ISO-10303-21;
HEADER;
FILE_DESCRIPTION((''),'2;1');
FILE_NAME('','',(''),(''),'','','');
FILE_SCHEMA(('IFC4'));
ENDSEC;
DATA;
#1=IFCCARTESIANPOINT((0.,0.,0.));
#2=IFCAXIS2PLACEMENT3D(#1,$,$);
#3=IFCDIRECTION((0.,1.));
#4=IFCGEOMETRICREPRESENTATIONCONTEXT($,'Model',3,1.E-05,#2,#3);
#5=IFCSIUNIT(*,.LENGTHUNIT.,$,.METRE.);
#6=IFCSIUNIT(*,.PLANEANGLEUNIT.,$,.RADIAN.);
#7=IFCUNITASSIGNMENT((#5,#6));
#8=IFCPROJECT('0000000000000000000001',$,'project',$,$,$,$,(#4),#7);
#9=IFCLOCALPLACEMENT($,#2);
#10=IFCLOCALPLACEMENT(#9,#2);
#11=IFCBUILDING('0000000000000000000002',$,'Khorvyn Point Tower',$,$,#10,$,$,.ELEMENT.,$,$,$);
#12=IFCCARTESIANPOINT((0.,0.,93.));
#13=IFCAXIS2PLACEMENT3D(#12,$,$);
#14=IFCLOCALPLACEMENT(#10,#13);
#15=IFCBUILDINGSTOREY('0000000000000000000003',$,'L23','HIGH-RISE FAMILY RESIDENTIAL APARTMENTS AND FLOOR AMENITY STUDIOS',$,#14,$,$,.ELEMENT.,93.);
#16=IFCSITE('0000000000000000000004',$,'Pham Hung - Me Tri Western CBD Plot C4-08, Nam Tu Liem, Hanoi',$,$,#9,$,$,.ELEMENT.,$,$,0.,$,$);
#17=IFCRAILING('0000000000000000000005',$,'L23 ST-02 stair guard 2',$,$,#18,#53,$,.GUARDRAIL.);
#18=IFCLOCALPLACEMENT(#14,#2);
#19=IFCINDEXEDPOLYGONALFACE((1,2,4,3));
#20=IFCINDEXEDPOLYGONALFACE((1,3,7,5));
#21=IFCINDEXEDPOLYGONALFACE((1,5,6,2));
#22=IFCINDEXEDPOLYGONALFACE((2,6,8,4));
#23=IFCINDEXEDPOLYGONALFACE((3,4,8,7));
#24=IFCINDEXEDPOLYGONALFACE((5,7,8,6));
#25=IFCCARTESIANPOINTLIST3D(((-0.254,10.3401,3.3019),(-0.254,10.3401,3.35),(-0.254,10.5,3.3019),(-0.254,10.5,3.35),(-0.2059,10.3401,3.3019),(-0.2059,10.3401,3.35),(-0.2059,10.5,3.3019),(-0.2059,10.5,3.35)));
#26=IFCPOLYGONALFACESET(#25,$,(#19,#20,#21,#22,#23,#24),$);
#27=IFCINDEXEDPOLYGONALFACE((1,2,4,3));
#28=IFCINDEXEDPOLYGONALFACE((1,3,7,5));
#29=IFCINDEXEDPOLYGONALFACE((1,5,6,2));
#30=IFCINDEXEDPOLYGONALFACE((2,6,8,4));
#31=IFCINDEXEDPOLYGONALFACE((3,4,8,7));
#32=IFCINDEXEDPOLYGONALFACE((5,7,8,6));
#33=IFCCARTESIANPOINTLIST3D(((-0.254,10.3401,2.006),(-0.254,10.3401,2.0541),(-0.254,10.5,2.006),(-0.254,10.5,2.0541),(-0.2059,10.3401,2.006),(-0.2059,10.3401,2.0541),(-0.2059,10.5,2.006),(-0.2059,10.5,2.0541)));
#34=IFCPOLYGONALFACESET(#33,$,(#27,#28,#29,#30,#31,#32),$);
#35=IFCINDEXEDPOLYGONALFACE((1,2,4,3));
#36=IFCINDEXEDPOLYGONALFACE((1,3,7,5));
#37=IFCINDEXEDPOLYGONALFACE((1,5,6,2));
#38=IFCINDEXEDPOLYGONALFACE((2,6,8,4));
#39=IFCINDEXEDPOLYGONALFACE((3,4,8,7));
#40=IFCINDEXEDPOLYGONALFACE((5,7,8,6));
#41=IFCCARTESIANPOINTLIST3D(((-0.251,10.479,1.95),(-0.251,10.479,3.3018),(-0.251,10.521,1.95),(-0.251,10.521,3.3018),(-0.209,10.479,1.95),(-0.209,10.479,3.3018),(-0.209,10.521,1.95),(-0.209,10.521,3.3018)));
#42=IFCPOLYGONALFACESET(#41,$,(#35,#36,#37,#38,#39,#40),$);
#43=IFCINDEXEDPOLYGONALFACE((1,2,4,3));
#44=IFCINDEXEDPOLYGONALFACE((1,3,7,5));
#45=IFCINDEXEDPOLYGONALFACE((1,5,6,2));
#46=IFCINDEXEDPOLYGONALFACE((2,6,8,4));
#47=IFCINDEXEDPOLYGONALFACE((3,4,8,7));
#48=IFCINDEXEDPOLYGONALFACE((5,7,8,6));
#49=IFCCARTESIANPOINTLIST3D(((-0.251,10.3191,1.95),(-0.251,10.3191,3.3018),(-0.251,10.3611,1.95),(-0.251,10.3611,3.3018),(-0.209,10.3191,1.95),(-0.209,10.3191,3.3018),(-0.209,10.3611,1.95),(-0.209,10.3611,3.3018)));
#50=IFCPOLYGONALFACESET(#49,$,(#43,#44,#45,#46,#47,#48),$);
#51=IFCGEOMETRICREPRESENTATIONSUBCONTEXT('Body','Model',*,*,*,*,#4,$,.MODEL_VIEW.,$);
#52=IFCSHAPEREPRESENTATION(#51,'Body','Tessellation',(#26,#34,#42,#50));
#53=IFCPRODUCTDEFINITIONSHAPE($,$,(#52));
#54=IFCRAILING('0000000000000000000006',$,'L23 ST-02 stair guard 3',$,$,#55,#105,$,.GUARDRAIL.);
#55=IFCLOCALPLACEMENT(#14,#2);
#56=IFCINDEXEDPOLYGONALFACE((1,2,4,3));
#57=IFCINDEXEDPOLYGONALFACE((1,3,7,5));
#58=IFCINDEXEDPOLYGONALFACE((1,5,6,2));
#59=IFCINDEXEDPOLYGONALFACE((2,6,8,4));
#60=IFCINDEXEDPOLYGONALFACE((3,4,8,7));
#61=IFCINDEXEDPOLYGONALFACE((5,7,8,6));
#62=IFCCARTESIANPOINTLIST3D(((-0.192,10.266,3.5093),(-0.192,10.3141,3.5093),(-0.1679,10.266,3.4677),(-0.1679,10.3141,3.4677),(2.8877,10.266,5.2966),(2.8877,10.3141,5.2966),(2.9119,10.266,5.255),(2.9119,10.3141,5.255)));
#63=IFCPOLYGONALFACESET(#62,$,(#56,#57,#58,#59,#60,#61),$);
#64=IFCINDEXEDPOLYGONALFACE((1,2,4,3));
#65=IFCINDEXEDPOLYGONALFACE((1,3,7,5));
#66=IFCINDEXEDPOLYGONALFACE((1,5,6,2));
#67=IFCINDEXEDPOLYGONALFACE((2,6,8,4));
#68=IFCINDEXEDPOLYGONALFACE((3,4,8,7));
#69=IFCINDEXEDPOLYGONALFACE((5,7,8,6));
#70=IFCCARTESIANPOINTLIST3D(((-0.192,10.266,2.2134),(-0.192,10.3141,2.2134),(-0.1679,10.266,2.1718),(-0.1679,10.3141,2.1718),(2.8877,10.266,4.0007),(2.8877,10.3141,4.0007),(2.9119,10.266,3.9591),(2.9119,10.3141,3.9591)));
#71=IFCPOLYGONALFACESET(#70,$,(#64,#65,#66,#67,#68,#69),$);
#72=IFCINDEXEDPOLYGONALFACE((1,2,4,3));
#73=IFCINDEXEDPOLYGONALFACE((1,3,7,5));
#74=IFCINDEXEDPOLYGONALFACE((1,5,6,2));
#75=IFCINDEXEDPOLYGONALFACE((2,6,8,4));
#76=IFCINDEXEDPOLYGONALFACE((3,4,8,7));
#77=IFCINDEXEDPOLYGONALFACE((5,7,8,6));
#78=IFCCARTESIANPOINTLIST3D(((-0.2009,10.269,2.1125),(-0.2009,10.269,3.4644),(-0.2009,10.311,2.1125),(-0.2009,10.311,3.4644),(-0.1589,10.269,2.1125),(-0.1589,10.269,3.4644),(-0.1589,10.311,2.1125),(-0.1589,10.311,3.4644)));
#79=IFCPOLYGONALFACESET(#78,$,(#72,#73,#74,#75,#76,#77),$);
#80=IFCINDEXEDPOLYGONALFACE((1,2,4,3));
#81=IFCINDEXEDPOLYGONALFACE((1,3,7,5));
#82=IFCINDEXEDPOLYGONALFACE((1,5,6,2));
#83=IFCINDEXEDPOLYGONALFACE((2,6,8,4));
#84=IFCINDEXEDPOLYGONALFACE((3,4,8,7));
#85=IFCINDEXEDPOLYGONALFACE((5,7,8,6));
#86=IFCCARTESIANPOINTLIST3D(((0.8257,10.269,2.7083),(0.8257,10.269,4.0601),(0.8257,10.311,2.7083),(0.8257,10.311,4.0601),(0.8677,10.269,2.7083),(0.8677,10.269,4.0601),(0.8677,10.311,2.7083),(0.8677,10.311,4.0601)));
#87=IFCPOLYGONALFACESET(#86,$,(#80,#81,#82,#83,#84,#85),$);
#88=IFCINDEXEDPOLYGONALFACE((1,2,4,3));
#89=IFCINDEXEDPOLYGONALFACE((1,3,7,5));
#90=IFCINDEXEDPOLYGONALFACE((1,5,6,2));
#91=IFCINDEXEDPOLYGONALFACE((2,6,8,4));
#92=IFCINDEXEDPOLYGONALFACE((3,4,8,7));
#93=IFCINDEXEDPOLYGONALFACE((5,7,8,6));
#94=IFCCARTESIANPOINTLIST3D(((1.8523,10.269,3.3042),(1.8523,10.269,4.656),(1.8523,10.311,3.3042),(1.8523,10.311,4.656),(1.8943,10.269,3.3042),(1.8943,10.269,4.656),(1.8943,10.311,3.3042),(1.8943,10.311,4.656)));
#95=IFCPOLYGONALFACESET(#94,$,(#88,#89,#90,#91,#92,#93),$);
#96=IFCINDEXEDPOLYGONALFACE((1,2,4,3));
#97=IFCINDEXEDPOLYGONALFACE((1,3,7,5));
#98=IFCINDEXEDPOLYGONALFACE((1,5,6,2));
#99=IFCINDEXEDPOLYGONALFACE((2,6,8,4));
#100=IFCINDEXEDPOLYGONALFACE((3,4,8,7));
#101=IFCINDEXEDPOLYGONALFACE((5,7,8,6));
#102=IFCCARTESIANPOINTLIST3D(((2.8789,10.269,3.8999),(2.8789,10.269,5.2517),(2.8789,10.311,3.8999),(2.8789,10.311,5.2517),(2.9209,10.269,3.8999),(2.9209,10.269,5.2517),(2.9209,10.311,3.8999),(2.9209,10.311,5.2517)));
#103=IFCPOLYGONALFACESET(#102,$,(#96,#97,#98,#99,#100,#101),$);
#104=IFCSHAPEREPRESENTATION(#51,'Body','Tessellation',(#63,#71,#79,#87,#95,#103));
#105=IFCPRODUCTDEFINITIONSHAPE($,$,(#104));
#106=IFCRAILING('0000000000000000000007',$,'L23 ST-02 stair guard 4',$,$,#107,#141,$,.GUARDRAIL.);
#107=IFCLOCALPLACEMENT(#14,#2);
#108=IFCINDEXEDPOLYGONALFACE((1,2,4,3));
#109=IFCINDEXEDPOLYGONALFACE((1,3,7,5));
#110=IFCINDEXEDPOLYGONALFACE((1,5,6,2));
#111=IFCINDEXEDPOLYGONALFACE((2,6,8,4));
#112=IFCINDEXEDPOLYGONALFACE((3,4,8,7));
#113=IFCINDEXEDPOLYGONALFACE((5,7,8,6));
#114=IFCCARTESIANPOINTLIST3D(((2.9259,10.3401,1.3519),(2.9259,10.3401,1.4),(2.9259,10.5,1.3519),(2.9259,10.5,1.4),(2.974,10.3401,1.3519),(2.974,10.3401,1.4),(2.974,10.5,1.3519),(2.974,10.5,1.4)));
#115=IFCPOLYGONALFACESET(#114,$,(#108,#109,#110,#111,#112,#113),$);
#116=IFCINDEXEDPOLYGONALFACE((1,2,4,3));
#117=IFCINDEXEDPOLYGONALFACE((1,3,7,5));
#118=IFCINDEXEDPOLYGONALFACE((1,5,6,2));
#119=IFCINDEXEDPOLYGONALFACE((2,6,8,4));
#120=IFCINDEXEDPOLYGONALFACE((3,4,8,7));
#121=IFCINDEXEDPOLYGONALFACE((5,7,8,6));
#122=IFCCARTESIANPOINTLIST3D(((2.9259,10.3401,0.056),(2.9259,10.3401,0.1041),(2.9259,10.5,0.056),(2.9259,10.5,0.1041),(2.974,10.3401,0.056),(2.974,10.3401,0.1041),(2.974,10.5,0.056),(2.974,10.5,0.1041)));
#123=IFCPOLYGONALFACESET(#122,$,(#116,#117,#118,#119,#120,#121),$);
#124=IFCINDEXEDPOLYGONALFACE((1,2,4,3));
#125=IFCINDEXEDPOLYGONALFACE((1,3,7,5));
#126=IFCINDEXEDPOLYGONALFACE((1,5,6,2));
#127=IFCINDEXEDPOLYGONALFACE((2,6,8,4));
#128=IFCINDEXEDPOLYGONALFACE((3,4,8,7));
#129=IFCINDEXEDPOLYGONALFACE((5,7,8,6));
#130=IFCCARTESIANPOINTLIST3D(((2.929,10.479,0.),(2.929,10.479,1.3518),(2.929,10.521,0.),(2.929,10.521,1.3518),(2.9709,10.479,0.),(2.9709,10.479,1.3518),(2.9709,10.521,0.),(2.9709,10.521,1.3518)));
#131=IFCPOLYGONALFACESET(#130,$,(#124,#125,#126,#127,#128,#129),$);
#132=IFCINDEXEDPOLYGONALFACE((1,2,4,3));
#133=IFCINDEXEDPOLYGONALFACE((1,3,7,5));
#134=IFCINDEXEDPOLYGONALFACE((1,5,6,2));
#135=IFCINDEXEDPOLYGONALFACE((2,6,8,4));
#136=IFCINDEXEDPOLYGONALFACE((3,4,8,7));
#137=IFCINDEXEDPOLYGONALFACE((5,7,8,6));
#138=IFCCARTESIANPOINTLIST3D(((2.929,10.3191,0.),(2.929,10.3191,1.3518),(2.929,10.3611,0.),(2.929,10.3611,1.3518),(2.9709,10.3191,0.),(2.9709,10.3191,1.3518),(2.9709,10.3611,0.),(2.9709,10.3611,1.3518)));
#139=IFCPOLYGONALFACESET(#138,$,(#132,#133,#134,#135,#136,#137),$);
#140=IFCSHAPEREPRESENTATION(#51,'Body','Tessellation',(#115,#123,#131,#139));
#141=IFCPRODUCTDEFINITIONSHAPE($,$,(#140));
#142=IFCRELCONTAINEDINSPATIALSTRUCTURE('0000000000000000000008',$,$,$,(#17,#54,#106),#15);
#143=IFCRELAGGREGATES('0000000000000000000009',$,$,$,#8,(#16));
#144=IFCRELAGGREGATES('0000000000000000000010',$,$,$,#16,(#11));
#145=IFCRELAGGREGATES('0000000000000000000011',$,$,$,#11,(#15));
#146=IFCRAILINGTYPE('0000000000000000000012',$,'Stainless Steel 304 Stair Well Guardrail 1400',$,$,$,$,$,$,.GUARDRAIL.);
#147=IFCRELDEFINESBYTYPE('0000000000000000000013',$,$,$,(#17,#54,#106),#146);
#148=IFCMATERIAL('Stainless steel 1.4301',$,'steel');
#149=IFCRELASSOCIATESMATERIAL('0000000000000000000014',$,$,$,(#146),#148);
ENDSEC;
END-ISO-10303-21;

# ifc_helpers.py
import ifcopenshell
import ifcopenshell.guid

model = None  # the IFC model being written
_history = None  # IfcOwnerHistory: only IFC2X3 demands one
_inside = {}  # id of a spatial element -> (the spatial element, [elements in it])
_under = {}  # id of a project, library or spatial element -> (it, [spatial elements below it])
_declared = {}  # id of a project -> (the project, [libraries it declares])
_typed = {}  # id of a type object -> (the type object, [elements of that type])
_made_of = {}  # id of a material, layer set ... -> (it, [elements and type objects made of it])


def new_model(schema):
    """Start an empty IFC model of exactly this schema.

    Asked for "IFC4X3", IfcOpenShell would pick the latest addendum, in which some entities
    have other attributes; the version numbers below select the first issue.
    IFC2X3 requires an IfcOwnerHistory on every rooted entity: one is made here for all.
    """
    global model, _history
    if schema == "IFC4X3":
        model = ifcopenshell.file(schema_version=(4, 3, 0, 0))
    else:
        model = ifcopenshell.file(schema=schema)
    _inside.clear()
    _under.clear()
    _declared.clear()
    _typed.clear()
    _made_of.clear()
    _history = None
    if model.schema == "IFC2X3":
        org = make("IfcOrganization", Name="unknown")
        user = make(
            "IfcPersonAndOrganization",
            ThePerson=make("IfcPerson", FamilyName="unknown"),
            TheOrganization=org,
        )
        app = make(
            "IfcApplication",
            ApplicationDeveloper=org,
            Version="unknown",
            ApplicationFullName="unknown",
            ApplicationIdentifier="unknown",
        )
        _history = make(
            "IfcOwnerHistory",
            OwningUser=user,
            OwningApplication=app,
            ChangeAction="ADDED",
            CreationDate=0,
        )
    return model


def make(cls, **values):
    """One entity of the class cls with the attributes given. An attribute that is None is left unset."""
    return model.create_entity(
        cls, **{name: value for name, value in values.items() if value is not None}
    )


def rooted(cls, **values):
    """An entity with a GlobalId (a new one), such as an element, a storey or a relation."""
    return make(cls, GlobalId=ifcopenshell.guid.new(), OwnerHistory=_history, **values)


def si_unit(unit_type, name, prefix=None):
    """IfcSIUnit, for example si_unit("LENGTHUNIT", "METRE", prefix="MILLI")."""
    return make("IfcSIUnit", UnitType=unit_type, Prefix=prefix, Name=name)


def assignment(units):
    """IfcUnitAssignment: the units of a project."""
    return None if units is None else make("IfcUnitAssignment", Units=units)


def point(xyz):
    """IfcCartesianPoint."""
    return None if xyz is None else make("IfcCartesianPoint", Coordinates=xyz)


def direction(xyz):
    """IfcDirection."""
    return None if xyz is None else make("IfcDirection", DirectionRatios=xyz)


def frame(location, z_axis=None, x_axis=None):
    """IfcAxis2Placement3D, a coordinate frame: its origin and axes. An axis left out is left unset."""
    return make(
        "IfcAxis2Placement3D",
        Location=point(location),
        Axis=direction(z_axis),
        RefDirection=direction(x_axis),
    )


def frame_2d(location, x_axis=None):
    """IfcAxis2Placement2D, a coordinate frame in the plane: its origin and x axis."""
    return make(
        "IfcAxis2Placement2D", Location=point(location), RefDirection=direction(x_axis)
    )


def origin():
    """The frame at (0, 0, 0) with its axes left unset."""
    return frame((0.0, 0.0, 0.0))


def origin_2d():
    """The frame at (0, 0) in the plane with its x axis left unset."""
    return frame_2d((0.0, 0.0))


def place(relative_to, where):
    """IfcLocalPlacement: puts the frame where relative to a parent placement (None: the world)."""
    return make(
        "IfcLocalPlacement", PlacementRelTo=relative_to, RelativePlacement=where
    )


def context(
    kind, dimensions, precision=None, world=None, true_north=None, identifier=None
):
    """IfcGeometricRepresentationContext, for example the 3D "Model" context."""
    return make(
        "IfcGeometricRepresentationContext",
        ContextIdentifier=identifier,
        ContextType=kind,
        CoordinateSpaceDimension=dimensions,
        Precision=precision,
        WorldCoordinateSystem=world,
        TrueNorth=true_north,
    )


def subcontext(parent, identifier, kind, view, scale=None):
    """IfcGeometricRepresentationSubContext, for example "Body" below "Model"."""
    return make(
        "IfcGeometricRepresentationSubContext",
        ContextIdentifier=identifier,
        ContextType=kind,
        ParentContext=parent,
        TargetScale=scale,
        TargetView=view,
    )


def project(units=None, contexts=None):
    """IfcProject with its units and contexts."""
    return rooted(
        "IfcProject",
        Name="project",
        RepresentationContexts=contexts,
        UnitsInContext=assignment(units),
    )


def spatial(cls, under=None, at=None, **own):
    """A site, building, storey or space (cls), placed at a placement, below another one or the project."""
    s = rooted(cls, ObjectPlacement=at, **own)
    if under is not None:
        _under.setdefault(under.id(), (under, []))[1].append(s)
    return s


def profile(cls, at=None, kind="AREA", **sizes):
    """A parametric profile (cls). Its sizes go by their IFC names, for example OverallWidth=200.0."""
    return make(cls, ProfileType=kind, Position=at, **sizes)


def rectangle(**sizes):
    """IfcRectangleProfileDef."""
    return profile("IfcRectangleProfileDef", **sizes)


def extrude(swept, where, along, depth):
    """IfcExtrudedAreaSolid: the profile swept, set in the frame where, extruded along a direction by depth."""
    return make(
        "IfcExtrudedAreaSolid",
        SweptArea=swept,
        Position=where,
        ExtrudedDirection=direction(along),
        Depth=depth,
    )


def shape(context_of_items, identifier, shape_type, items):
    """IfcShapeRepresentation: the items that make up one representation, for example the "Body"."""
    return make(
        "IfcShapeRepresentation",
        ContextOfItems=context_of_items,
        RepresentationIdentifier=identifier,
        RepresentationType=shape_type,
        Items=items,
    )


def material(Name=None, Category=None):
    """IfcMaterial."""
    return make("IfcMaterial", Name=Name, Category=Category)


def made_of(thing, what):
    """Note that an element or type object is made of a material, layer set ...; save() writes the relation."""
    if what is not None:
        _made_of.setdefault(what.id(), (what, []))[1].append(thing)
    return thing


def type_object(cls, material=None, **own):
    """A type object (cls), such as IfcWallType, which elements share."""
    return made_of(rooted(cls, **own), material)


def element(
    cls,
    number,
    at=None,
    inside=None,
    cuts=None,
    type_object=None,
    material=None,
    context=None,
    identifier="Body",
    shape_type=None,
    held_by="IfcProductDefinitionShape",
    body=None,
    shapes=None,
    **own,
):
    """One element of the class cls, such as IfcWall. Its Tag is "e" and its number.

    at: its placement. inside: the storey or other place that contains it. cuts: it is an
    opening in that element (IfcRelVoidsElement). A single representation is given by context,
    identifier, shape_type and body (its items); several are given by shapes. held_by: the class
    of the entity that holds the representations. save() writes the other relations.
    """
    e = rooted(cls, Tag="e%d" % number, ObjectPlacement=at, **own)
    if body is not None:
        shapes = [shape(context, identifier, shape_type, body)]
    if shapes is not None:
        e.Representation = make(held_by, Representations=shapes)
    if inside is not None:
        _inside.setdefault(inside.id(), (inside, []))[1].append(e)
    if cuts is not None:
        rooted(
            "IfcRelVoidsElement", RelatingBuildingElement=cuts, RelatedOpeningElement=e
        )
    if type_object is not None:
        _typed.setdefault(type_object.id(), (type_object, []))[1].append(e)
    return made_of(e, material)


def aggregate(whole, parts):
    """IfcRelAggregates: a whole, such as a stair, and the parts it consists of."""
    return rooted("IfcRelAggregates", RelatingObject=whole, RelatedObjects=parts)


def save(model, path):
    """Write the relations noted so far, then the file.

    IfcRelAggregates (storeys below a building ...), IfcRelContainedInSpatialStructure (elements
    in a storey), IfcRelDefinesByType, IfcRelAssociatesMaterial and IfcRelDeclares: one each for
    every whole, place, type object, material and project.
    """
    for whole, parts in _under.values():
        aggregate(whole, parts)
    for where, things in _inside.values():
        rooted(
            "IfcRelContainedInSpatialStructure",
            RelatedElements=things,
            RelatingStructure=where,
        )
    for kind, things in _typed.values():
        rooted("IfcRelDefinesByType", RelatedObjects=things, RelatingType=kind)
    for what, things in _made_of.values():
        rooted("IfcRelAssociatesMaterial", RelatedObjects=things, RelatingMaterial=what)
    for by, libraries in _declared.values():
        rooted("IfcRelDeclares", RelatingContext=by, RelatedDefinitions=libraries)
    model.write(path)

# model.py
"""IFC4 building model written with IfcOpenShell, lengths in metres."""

from ifc_helpers import new_model, si_unit, direction, frame, origin, origin_2d, place, context, subcontext, project, spatial, rectangle, extrude, material, type_object, element, save


model = new_model("IFC4")

# Units and contexts
model_context = context("Model", 3, precision=1e-05, world=origin(), true_north=direction((0.0, 1.0)))
body_context = subcontext(model_context, "Body", "Model", "MODEL_VIEW")
ifc_project = project(units=[si_unit("LENGTHUNIT", "METRE"), si_unit("PLANEANGLEUNIT", "RADIAN")], contexts=[model_context])

# Site, building, storey
site_placement = place(None, origin())
site = spatial("IfcSite", under=ifc_project, at=site_placement, Name="Pham Hung - Me Tri Western CBD Plot C4-08, Nam Tu Liem, Hanoi", CompositionType="ELEMENT", RefElevation=0.0)
building_placement = place(site_placement, origin())
building = spatial("IfcBuilding", under=site, at=building_placement, Name="Khorvyn Point Tower", CompositionType="ELEMENT")
storey_placement = place(building_placement, frame((0.0, 0.0, 93.0)))
storey = spatial("IfcBuildingStorey", under=building, at=storey_placement, Name="L23", Description="HIGH-RISE FAMILY RESIDENTIAL APARTMENTS AND FLOOR AMENITY STUDIOS", CompositionType="ELEMENT", Elevation=93.0)

# Shared definitions
ifc_material_1 = material(Name="Stainless steel 1.4301", Category="steel")

# Railings
railing_type_1 = type_object("IfcRailingType", Name="Stainless Steel 304 Stair Well Guardrail 1400", PredefinedType="GUARDRAIL", material=ifc_material_1)
railing_1_placement = place(storey_placement, frame((-0.23, 10.5, 1.95)))
element("IfcRailing", 1, at=railing_1_placement, inside=storey, type_object=railing_type_1, Name="L23 ST-02 stair guard 2", PredefinedType="GUARDRAIL", context=body_context, shape_type="SweptSolid", body=[
    extrude(rectangle(XDim=0.0481, YDim=0.0481, at=origin_2d()), frame((0.0, 0.0, 1.376), z_axis=(0.0, -1.0, 0.0), x_axis=(1.0, 0.0, 0.0)), (0.0, 0.0, 1.0), 0.1599),
    extrude(rectangle(XDim=0.0481, YDim=0.0481, at=origin_2d()), frame((0.0, 0.0, 0.0801), z_axis=(0.0, -1.0, 0.0), x_axis=(1.0, 0.0, 0.0)), (0.0, 0.0, 1.0), 0.1599),
    extrude(rectangle(XDim=0.042, YDim=0.042, at=origin_2d()), origin(), (0.0, 0.0, 1.0), 1.3518),
    extrude(rectangle(XDim=0.042, YDim=0.042, at=origin_2d()), frame((0.0, -0.1599, 0.0)), (0.0, 0.0, 1.0), 1.3518),
])
railing_2_placement = place(storey_placement, frame((-0.1799, 10.29, 2.1125)))
element("IfcRailing", 2, at=railing_2_placement, inside=storey, type_object=railing_type_1, Name="L23 ST-02 stair guard 3", PredefinedType="GUARDRAIL", context=body_context, shape_type="SweptSolid", body=[
    extrude(rectangle(XDim=0.0481, YDim=0.0481, at=origin_2d()), frame((0.0, 0.0, 1.376), z_axis=(0.864903, 0.0, 0.501939), x_axis=(0.0, 1.0, 0.0)), (0.0, 0.0, 1.0), 3.5608),
    extrude(rectangle(XDim=0.0481, YDim=0.0481, at=origin_2d()), frame((0.0, 0.0, 0.0801), z_axis=(0.864903, 0.0, 0.501939), x_axis=(0.0, 1.0, 0.0)), (0.0, 0.0, 1.0), 3.5608),
    extrude(rectangle(XDim=0.042, YDim=0.042, at=origin_2d()), origin(), (0.0, 0.0, 1.0), 1.3518),
    extrude(rectangle(XDim=0.042, YDim=0.042, at=origin_2d()), frame((1.0266, 0.0, 0.5957)), (0.0, 0.0, 1.0), 1.3518),
    extrude(rectangle(XDim=0.042, YDim=0.042, at=origin_2d()), frame((2.0532, 0.0, 1.1917)), (0.0, 0.0, 1.0), 1.3518),
    extrude(rectangle(XDim=0.042, YDim=0.042, at=origin_2d()), frame((3.0798, 0.0, 1.7874)), (0.0, 0.0, 1.0), 1.3518),
])
railing_3_placement = place(storey_placement, frame((2.95, 10.5, 0.0)))
element("IfcRailing", 3, at=railing_3_placement, inside=storey, type_object=railing_type_1, Name="L23 ST-02 stair guard 4", PredefinedType="GUARDRAIL", context=body_context, shape_type="SweptSolid", body=[
    extrude(rectangle(XDim=0.0481, YDim=0.0481, at=origin_2d()), frame((0.0, 0.0, 1.376), z_axis=(0.0, -1.0, 0.0), x_axis=(1.0, 0.0, 0.0)), (0.0, 0.0, 1.0), 0.1599),
    extrude(rectangle(XDim=0.0481, YDim=0.0481, at=origin_2d()), frame((0.0, 0.0, 0.0801), z_axis=(0.0, -1.0, 0.0), x_axis=(1.0, 0.0, 0.0)), (0.0, 0.0, 1.0), 0.1599),
    extrude(rectangle(XDim=0.042, YDim=0.042, at=origin_2d()), origin(), (0.0, 0.0, 1.0), 1.3518),
    extrude(rectangle(XDim=0.042, YDim=0.042, at=origin_2d()), frame((0.0, -0.1599, 0.0)), (0.0, 0.0, 1.0), 1.3518),
])

save(model, "model.ifc")
